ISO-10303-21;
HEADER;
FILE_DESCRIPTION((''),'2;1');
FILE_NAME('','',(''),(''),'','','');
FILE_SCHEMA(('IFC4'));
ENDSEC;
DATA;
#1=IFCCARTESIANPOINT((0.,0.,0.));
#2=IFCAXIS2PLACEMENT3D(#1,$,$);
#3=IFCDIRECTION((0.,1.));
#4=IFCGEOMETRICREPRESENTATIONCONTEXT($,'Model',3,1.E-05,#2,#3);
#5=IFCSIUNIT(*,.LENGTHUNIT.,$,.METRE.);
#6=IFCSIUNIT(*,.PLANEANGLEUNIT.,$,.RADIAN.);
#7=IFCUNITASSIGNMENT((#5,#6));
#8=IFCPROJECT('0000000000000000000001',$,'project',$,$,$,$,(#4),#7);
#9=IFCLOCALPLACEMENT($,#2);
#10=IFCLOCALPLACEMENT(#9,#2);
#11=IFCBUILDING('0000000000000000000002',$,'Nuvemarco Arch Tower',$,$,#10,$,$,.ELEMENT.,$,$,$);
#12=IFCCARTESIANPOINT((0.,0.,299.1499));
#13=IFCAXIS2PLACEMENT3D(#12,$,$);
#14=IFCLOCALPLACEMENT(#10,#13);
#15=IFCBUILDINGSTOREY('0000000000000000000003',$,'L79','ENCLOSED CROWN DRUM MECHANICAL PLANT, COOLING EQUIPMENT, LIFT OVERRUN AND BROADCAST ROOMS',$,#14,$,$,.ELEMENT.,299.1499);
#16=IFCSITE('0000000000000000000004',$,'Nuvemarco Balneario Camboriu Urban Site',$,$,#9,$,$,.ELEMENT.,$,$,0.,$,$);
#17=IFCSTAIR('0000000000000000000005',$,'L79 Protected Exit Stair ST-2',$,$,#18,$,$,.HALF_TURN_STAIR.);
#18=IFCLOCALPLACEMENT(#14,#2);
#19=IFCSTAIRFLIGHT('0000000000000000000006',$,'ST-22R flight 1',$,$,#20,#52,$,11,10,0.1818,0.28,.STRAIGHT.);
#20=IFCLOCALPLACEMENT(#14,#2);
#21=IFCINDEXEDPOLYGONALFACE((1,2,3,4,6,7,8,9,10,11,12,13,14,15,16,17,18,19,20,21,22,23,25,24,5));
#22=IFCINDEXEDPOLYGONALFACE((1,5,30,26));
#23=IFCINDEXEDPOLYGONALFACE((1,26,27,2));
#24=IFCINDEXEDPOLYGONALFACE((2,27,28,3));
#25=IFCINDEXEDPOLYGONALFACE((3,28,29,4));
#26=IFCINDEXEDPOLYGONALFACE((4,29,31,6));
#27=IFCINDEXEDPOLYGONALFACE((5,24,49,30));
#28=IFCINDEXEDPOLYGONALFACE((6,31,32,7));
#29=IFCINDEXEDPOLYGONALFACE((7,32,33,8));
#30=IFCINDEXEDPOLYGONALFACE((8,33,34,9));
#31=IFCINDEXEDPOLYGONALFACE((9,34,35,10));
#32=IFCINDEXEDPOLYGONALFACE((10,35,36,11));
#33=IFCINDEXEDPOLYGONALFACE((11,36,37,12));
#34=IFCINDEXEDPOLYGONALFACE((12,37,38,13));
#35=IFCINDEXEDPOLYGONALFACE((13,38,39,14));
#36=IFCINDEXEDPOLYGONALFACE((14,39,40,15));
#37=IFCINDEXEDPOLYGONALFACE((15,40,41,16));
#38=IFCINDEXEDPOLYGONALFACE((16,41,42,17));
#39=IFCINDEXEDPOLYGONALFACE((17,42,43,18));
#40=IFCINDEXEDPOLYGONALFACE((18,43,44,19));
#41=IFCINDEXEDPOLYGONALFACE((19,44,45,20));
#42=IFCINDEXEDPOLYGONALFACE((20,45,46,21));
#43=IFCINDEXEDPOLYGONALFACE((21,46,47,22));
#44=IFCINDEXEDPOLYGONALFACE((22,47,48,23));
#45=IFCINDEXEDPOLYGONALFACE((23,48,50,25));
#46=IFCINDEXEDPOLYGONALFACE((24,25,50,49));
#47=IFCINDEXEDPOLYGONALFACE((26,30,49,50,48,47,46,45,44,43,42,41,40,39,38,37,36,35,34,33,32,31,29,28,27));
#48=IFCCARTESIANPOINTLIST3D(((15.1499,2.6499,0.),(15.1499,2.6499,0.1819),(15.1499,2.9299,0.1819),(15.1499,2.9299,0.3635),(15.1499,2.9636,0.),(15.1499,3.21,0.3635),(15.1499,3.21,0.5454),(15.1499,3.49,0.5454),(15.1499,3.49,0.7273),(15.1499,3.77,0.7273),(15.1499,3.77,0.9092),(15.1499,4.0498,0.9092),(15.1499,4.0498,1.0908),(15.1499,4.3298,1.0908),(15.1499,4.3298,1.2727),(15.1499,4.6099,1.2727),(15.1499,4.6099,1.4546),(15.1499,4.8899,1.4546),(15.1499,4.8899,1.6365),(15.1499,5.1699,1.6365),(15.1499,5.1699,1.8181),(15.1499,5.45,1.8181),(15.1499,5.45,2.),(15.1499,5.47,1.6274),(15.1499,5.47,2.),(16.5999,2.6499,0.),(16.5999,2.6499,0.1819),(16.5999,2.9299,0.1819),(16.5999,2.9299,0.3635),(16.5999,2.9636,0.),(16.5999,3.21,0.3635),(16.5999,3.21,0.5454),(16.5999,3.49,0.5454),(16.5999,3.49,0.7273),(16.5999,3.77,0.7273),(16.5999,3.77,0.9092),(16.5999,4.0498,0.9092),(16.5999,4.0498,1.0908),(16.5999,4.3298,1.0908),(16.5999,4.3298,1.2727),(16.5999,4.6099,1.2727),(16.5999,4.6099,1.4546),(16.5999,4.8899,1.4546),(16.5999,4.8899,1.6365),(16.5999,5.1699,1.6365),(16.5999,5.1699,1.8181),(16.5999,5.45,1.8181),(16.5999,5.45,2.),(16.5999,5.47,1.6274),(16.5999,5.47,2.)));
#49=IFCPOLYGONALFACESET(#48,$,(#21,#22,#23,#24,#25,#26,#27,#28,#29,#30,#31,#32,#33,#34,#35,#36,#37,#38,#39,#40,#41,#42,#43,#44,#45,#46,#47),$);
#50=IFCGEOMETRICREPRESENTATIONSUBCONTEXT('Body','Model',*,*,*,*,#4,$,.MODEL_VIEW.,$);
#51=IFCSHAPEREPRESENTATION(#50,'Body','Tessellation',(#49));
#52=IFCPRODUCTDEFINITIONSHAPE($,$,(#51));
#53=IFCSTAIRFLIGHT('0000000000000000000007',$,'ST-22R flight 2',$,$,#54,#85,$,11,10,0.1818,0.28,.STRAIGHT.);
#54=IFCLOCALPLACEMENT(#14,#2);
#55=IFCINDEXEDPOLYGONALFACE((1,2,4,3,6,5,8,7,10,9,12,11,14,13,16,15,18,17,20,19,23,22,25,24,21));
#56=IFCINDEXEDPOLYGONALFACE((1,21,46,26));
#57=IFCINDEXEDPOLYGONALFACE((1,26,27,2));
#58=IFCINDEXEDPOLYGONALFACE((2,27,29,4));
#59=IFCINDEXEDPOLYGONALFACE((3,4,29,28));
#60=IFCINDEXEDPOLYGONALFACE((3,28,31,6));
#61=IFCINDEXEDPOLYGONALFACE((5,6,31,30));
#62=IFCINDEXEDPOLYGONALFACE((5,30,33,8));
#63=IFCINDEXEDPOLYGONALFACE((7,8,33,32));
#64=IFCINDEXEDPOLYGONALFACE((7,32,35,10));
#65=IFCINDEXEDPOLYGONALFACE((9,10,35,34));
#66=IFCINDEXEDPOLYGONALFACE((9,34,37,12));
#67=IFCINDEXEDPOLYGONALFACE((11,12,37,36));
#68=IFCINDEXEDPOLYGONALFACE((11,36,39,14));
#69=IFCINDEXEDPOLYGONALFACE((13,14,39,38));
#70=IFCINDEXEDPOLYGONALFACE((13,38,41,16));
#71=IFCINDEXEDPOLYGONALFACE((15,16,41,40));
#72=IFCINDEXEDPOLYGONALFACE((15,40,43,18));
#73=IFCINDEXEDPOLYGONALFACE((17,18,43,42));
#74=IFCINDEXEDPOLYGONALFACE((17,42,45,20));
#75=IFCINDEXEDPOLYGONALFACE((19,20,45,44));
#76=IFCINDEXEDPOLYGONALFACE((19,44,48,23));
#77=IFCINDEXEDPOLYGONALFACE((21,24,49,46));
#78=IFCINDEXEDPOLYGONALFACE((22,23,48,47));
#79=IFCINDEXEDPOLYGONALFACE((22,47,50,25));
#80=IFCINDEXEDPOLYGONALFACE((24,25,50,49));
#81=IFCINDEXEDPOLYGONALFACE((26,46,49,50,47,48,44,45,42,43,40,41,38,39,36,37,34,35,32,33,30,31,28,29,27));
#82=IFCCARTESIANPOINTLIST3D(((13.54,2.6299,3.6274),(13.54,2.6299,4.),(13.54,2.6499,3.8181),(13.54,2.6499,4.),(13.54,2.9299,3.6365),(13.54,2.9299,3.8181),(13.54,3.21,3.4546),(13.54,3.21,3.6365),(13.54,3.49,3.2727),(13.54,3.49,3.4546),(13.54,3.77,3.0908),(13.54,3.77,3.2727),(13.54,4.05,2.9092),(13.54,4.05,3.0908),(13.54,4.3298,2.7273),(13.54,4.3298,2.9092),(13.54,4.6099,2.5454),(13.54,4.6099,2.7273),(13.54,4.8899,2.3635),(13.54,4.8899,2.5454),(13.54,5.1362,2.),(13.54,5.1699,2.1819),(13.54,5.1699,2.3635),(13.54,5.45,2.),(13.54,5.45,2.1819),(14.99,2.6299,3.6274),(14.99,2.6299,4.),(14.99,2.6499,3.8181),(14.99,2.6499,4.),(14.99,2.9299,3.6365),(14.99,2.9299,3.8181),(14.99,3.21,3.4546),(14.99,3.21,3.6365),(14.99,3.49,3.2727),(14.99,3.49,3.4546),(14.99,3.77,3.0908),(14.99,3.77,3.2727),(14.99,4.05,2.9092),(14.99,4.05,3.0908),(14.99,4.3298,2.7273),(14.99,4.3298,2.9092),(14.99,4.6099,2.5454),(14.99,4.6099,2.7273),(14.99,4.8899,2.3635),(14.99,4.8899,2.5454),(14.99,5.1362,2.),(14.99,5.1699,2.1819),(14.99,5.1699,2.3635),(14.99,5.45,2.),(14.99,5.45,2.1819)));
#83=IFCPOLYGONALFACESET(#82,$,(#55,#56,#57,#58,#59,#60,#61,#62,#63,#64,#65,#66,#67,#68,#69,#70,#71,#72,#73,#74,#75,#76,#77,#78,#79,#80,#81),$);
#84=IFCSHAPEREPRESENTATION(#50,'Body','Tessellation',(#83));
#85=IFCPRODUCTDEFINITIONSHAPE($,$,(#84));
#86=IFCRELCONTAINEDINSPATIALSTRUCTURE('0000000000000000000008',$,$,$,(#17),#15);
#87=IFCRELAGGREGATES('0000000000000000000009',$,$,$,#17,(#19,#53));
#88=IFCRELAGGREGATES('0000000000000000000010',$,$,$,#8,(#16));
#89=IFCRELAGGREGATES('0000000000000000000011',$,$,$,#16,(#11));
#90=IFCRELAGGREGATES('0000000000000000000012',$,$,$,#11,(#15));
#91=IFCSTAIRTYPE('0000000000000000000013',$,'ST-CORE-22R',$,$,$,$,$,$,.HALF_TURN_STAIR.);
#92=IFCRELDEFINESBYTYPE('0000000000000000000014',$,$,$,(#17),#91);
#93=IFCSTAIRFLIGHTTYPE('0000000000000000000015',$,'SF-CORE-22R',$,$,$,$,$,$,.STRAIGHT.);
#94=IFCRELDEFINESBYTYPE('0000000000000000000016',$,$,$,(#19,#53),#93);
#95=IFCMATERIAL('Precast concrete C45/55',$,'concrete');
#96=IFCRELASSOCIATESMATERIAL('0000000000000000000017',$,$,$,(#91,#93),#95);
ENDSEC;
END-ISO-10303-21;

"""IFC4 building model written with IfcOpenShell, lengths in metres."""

from ifc_helpers import new_model, si_unit, direction, frame, origin, place, context, subcontext, project, spatial, polyline, outline, extrude, material, type_object, element, aggregate, save


model = new_model("IFC4")

# Units and contexts
model_context = context("Model", 3, precision=1e-05, world=origin(), true_north=direction((0.0, 1.0)))
body_context = subcontext(model_context, "Body", "Model", "MODEL_VIEW")
ifc_project = project(units=[si_unit("LENGTHUNIT", "METRE"), si_unit("PLANEANGLEUNIT", "RADIAN")], contexts=[model_context])

# Site, building, storey
site_placement = place(None, origin())
site = spatial("IfcSite", under=ifc_project, at=site_placement, Name="Nuvemarco Balneario Camboriu Urban Site", CompositionType="ELEMENT", RefElevation=0.0)
building_placement = place(site_placement, origin())
building = spatial("IfcBuilding", under=site, at=building_placement, Name="Nuvemarco Arch Tower", CompositionType="ELEMENT")
storey_placement = place(building_placement, frame((0.0, 0.0, 299.1499)))
storey = spatial("IfcBuildingStorey", under=building, at=storey_placement, Name="L79", Description="ENCLOSED CROWN DRUM MECHANICAL PLANT, COOLING EQUIPMENT, LIFT OVERRUN AND BROADCAST ROOMS", CompositionType="ELEMENT", Elevation=299.1499)

# Shared definitions
ifc_material_1 = material(Name="Precast concrete C45/55", Category="concrete")

# Stair, stair flights
stair_type = type_object("IfcStairType", Name="ST-CORE-22R", PredefinedType="HALF_TURN_STAIR", material=ifc_material_1)
stair_placement = place(storey_placement, origin())
stair = element("IfcStair", 1, at=stair_placement, inside=storey, type_object=stair_type, Name="L79 Protected Exit Stair ST-2", PredefinedType="HALF_TURN_STAIR")
stair_flight_type = type_object("IfcStairFlightType", Name="SF-CORE-22R", PredefinedType="STRAIGHT", material=ifc_material_1)
stair_flight_1_placement = place(storey_placement, frame((15.875, 2.6499, 0.0), z_axis=(0.0, 0.0, 1.0), x_axis=(0.0, 1.0, 0.0)))
stair_flight_1 = element("IfcStairFlight", 2, at=stair_flight_1_placement, type_object=stair_flight_type, Name="ST-22R flight 1", NumberOfRisers=11, NumberOfTreads=10, PredefinedType="STRAIGHT", RiserHeight=0.1818, TreadLength=0.28, context=body_context, shape_type="SweptSolid", body=[
    extrude(outline(polyline([(0.0, 0.0), (0.0, 0.1819), (0.28, 0.1819), (0.28, 0.3635), (0.5601, 0.3635), (0.5601, 0.5454), (0.8401, 0.5454), (0.8401, 0.7273), (1.1201, 0.7273), (1.1201, 0.9092), (1.3999, 0.9092), (1.3999, 1.0908), (1.6799, 1.0908), (1.6799, 1.2727), (1.96, 1.2727), (1.96, 1.4546), (2.24, 1.4546), (2.24, 1.6365), (2.52, 1.6365), (2.52, 1.8181), (2.8, 1.8181), (2.8, 2.0), (2.8201, 2.0), (2.8201, 1.6274), (0.3137, 0.0), (0.0, 0.0)])), frame((0.0, 0.7251, 0.0), z_axis=(0.0, -1.0, 0.0), x_axis=(1.0, 0.0, 0.0)), (0.0, 0.0, 1.0), 1.45),
])
stair_flight_2_placement = place(storey_placement, frame((14.2649, 5.45, 2.0), z_axis=(0.0, 0.0, 1.0), x_axis=(0.0, -1.0, 0.0)))
stair_flight_2 = element("IfcStairFlight", 3, at=stair_flight_2_placement, type_object=stair_flight_type, Name="ST-22R flight 2", NumberOfRisers=11, NumberOfTreads=10, PredefinedType="STRAIGHT", RiserHeight=0.1818, TreadLength=0.28, context=body_context, shape_type="SweptSolid", body=[
    extrude(outline(polyline([(0.0, 0.0), (0.0, 0.1819), (0.28, 0.1819), (0.28, 0.3635), (0.5601, 0.3635), (0.5601, 0.5454), (0.8401, 0.5454), (0.8401, 0.7273), (1.1201, 0.7273), (1.1201, 0.9092), (1.3999, 0.9092), (1.3999, 1.0908), (1.6799, 1.0908), (1.6799, 1.2727), (1.96, 1.2727), (1.96, 1.4546), (2.24, 1.4546), (2.24, 1.6365), (2.52, 1.6365), (2.52, 1.8181), (2.8, 1.8181), (2.8, 2.0), (2.8201, 2.0), (2.8201, 1.6274), (0.3137, 0.0), (0.0, 0.0)])), frame((0.0, 0.7251, 0.0), z_axis=(0.0, -1.0, 0.0), x_axis=(1.0, 0.0, 0.0)), (0.0, 0.0, 1.0), 1.45),
])
aggregate(stair, [stair_flight_1, stair_flight_2])

save(model, "model.ifc")
